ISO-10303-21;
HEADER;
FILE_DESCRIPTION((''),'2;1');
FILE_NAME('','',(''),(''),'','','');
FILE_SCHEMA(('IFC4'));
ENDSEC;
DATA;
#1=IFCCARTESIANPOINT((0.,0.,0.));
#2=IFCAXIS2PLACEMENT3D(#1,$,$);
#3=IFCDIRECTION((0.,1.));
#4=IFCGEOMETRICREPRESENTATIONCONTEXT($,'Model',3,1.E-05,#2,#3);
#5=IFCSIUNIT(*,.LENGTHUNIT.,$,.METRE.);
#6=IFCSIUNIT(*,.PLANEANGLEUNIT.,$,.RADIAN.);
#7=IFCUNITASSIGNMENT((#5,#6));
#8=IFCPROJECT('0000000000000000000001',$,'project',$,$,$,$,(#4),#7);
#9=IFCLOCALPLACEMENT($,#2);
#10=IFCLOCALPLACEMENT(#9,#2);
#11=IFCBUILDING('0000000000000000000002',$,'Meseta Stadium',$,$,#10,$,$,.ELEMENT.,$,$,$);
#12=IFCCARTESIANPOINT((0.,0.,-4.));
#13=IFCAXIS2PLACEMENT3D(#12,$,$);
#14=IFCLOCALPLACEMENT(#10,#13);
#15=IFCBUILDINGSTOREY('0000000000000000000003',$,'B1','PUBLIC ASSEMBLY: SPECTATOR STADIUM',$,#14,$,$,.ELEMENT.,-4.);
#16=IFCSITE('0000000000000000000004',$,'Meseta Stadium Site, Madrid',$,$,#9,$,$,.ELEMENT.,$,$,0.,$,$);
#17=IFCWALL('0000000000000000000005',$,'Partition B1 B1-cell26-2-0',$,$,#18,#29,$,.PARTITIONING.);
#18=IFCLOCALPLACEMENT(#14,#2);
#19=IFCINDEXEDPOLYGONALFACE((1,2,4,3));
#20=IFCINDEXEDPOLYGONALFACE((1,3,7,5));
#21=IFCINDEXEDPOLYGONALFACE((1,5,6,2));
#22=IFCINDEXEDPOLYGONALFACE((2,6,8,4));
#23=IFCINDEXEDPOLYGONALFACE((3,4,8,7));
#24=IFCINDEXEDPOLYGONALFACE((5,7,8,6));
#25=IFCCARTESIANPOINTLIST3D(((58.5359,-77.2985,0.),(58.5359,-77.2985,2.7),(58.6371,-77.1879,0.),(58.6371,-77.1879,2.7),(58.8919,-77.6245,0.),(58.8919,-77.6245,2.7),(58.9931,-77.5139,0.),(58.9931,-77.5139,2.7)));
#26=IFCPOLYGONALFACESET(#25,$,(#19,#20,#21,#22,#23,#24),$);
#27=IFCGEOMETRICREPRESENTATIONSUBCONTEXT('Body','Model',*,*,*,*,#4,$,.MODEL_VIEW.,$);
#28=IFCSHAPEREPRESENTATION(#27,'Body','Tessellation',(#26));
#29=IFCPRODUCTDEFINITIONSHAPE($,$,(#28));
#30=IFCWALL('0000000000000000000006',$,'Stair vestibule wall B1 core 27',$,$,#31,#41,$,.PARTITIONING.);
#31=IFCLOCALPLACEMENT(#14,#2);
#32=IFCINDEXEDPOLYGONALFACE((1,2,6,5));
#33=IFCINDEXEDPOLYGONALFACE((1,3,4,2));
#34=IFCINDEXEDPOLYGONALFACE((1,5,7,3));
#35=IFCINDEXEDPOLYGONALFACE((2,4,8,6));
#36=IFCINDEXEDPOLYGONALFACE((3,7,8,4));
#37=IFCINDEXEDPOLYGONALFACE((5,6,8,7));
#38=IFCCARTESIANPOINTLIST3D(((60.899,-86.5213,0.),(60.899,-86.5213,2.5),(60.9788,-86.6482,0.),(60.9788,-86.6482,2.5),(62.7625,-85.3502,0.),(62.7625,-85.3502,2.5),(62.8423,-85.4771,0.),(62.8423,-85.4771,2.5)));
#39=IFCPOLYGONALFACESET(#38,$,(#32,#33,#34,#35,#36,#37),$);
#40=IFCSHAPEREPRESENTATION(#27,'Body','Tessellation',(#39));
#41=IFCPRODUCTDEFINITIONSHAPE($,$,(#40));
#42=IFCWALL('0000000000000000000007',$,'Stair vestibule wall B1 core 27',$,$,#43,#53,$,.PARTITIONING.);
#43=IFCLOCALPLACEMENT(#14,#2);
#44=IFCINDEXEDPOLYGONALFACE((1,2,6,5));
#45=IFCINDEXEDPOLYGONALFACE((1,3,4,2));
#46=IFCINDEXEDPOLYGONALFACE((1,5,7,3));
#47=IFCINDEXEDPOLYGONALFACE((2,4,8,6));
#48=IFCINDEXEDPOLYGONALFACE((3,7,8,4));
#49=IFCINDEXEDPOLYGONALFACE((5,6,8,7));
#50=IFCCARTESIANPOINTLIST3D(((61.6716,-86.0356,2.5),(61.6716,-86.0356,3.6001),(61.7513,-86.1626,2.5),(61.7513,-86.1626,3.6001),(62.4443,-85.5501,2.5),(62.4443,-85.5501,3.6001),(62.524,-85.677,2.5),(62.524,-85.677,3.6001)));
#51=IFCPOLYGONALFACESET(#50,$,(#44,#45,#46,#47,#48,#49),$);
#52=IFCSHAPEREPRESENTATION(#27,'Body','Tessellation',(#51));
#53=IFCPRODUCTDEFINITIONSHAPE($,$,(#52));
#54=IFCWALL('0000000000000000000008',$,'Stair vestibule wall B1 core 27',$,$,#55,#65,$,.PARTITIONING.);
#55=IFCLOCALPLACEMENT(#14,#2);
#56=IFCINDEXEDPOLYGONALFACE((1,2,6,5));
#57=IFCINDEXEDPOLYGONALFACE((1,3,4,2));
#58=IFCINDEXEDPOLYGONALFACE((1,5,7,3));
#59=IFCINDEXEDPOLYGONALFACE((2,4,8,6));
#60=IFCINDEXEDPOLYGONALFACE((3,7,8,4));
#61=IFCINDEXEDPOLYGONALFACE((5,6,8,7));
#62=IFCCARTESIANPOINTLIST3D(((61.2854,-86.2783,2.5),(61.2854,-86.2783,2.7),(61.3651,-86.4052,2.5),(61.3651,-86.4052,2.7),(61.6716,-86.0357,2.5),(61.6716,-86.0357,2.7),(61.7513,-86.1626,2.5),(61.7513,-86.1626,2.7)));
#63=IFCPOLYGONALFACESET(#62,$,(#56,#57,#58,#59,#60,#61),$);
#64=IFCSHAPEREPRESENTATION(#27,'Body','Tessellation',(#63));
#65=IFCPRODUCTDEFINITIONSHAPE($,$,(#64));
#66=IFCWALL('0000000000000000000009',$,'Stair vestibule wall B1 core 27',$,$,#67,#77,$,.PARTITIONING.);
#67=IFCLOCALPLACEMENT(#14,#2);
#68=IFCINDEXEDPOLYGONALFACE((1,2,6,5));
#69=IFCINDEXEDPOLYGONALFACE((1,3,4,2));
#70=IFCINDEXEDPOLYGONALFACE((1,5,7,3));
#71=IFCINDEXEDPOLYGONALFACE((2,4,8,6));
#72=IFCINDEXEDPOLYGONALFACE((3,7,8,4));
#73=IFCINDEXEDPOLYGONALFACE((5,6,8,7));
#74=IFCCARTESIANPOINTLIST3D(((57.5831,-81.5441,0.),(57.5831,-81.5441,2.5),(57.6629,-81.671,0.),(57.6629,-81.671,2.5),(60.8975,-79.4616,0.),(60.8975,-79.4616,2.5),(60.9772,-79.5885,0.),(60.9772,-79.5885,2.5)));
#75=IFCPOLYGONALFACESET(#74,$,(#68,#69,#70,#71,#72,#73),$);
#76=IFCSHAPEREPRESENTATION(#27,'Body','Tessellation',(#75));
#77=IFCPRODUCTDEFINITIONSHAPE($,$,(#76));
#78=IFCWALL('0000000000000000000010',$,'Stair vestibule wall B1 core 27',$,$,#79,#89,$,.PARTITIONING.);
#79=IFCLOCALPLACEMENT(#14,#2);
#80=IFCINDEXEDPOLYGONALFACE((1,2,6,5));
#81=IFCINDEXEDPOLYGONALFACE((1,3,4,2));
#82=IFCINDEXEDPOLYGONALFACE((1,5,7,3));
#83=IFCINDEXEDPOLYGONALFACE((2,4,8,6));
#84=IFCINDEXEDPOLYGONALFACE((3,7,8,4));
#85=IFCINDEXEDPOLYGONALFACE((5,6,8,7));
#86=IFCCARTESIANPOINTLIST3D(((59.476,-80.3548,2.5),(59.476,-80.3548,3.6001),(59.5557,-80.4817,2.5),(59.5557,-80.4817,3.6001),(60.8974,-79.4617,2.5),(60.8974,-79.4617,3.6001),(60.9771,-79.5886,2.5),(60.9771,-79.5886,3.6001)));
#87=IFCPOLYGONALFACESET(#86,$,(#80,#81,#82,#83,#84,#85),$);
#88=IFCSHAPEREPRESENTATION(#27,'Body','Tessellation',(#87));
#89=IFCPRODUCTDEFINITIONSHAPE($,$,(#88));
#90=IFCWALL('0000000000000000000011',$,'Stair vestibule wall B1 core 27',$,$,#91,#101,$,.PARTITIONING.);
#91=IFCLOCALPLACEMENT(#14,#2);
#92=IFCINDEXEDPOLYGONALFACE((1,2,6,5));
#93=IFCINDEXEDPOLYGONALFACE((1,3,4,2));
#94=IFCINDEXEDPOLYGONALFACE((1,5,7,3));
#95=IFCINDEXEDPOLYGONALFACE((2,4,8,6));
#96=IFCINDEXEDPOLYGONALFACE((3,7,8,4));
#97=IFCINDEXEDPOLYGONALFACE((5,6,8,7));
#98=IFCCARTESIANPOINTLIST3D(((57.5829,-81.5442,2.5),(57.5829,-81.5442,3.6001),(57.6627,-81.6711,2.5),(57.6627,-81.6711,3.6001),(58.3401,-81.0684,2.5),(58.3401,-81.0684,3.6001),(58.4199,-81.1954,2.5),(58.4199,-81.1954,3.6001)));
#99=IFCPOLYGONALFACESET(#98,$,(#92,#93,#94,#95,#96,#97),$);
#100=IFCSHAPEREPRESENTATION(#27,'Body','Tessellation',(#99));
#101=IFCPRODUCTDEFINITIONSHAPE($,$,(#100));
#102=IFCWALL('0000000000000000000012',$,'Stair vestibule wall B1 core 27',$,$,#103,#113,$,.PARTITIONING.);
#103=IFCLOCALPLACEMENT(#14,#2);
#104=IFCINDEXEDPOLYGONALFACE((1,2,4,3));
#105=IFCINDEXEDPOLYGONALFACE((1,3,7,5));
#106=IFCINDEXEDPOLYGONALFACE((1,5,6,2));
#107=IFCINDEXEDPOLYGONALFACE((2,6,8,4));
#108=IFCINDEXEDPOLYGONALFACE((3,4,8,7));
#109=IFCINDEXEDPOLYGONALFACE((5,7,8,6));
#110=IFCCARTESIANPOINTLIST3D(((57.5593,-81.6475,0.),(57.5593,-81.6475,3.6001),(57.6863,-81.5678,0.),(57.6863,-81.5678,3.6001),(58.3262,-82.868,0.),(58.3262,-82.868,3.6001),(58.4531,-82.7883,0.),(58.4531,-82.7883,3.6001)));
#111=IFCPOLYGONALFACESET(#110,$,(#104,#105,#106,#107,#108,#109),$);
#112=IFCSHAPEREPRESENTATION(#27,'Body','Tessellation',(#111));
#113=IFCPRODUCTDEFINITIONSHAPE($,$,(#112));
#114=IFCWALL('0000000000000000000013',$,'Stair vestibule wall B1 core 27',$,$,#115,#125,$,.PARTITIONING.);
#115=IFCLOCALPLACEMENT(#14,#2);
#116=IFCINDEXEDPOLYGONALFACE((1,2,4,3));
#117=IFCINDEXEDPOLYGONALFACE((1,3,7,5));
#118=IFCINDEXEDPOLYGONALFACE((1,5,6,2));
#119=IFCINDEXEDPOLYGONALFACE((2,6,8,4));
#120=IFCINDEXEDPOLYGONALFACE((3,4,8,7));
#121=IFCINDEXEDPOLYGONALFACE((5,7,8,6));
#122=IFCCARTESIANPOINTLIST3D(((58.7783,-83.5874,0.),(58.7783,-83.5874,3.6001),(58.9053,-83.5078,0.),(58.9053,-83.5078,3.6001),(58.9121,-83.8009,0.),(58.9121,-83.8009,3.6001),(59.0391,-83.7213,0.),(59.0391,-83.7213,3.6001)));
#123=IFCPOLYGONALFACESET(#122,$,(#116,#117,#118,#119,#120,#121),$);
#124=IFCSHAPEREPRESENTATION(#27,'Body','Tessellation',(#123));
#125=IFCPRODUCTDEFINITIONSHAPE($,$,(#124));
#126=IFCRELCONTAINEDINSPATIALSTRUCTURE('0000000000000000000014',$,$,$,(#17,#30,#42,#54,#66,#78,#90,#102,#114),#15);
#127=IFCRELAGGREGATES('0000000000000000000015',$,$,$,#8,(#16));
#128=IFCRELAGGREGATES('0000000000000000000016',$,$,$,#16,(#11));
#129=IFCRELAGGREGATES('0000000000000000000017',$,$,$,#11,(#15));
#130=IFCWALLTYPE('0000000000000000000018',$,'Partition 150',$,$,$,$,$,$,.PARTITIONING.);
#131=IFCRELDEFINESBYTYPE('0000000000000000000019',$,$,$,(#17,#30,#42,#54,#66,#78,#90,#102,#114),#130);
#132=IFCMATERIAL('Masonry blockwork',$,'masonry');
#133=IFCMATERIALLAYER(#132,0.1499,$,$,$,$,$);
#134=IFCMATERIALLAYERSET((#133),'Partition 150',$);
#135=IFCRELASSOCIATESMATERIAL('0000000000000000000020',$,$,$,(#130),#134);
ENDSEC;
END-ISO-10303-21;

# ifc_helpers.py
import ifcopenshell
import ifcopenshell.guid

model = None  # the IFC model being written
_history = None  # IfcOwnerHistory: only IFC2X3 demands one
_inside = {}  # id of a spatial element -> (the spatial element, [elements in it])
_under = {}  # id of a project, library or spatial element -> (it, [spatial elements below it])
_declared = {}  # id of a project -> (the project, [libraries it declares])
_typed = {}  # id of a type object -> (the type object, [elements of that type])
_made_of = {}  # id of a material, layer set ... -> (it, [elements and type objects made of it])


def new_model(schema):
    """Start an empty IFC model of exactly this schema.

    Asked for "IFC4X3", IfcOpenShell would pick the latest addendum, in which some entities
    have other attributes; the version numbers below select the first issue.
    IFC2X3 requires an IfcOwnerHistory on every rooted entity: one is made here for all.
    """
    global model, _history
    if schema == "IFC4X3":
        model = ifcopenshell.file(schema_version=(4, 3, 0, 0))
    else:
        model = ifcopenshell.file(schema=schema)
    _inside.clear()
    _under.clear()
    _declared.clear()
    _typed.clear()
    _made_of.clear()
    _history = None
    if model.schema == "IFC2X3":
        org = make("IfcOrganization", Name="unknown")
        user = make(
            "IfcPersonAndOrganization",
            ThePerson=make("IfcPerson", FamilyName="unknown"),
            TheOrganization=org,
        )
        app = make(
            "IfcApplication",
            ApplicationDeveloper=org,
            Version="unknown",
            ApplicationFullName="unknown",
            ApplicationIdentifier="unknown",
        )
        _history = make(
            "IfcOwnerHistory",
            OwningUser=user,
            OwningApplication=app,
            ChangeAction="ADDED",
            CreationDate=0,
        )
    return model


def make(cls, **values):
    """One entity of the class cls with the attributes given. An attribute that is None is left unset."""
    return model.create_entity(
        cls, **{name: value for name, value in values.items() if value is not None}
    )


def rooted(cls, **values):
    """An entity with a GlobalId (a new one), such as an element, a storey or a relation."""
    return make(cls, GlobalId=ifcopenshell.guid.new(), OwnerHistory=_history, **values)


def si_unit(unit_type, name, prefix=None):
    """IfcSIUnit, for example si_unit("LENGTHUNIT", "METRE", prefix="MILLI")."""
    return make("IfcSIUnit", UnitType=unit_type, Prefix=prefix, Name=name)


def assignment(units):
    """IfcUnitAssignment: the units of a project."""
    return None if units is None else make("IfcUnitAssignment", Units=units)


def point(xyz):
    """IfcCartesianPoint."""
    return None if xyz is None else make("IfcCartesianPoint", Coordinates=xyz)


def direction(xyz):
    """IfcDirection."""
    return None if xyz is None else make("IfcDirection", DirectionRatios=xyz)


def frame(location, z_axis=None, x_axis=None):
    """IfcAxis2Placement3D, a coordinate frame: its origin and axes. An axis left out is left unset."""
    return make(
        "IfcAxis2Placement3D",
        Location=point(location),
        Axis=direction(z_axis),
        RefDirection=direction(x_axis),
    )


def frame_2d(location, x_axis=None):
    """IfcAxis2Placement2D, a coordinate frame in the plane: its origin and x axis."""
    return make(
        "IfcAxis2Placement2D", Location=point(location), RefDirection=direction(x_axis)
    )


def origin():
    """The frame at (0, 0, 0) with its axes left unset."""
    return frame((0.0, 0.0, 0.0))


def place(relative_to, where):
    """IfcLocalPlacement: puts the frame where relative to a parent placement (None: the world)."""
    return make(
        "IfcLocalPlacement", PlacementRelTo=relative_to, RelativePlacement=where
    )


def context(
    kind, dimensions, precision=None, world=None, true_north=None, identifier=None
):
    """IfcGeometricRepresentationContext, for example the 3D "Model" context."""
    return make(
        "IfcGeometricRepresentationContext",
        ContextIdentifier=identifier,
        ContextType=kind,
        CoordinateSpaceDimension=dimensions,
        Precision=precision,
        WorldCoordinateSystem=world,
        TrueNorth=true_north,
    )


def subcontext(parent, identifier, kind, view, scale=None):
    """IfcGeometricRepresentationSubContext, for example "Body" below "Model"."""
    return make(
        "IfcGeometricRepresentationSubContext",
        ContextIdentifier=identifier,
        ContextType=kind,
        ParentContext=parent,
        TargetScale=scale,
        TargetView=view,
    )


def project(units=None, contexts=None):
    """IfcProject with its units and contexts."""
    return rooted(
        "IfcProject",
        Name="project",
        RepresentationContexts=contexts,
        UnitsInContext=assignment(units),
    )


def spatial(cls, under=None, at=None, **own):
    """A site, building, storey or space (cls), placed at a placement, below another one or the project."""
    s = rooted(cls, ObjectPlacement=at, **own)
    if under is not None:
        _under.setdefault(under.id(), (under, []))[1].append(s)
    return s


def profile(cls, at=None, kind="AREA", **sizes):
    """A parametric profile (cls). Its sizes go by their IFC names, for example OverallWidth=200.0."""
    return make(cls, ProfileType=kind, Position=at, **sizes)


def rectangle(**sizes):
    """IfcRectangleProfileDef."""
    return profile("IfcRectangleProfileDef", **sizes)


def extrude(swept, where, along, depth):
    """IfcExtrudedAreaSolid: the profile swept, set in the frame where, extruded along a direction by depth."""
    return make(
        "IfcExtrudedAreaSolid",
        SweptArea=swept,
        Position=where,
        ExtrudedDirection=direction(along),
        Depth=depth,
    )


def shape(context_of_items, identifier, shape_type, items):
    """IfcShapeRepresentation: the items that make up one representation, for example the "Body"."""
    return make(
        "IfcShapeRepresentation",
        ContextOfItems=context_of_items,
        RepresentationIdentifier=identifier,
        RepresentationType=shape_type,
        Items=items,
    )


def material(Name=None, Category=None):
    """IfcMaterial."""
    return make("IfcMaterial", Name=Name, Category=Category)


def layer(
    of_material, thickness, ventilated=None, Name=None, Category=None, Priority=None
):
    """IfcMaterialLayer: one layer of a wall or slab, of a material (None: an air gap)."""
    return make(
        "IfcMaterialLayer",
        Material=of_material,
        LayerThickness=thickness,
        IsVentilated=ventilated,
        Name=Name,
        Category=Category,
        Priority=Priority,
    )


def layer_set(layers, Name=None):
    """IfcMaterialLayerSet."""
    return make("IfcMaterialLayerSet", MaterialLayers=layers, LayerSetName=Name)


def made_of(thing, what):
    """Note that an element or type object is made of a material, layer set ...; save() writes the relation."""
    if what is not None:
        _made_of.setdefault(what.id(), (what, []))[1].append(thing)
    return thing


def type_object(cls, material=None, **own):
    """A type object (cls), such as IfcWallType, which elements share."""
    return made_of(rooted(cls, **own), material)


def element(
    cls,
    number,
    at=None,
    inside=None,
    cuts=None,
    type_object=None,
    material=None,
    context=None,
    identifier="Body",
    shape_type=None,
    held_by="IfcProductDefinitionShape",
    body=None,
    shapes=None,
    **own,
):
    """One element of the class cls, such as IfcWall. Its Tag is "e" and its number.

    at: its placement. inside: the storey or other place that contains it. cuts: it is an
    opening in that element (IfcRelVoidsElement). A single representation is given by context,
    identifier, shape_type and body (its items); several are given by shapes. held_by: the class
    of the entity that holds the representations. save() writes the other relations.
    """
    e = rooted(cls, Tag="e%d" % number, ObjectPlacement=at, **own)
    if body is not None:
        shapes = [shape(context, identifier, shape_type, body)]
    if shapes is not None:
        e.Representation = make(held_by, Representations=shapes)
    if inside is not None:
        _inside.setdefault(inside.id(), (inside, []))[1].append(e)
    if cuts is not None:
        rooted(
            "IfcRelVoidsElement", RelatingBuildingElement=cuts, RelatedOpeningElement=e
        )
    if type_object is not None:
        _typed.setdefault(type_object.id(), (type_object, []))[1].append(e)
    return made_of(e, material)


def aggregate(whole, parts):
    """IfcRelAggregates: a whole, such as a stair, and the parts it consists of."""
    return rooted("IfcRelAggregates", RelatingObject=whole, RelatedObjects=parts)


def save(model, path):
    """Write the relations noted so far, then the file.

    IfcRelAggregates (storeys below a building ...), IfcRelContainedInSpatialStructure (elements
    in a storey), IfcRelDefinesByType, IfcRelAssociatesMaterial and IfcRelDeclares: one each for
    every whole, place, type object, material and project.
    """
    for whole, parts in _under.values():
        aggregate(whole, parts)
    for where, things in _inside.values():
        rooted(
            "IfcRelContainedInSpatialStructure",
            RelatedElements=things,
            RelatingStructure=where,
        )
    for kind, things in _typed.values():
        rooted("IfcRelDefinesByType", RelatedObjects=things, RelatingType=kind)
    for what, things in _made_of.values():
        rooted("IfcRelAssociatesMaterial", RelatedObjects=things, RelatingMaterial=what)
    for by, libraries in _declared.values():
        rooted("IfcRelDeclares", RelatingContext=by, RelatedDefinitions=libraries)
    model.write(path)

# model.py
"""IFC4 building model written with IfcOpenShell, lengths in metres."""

from ifc_helpers import new_model, si_unit, direction, frame, frame_2d, origin, place, context, subcontext, project, spatial, rectangle, extrude, material, layer, layer_set, type_object, element, save


model = new_model("IFC4")

# Units and contexts
model_context = context("Model", 3, precision=1e-05, world=origin(), true_north=direction((0.0, 1.0)))
body_context = subcontext(model_context, "Body", "Model", "MODEL_VIEW")
ifc_project = project(units=[si_unit("LENGTHUNIT", "METRE"), si_unit("PLANEANGLEUNIT", "RADIAN")], contexts=[model_context])

# Site, building, storey
site_placement = place(None, origin())
site = spatial("IfcSite", under=ifc_project, at=site_placement, Name="Meseta Stadium Site, Madrid", CompositionType="ELEMENT", RefElevation=0.0)
building_placement = place(site_placement, origin())
building = spatial("IfcBuilding", under=site, at=building_placement, Name="Meseta Stadium", CompositionType="ELEMENT")
storey_placement = place(building_placement, frame((0.0, 0.0, -4.0)))
storey = spatial("IfcBuildingStorey", under=building, at=storey_placement, Name="B1", Description="PUBLIC ASSEMBLY: SPECTATOR STADIUM", CompositionType="ELEMENT", Elevation=-4.0)

# Shared definitions
ifc_material_1 = material(Name="Masonry blockwork", Category="masonry")
ifc_layer = layer(ifc_material_1, 0.1499)
ifc_layer_set = layer_set([ifc_layer], Name="Partition 150")
wall_type = type_object("IfcWallType", Name="Partition 150", PredefinedType="PARTITIONING", material=ifc_layer_set)

# Walls
wall_1_placement = place(storey_placement, frame((58.9424, -77.5691, 0.0), z_axis=(0.0, 0.0, 1.0), x_axis=(-0.737532, 0.675312, 0.0)))
element("IfcWall", 1, at=wall_1_placement, inside=storey, type_object=wall_type, Name="Partition B1 B1-cell26-2-0", PredefinedType="PARTITIONING", context=body_context, shape_type="SweptSolid", body=[
    extrude(rectangle(XDim=0.4827, YDim=0.1499, at=frame_2d((0.2412, 0.0))), origin(), (0.0, 0.0, 1.0), 2.7),
])
wall_2_placement = place(storey_placement, frame((62.8025, -85.4136, 0.0), z_axis=(0.0, 0.0, 1.0), x_axis=(-0.846681, -0.532101, 0.0)))
element("IfcWall", 2, at=wall_2_placement, inside=storey, type_object=wall_type, Name="Stair vestibule wall B1 core 27", PredefinedType="PARTITIONING", context=body_context, shape_type="SweptSolid", body=[
    extrude(rectangle(XDim=2.2009, YDim=0.1499, at=frame_2d((1.1006, 0.0))), origin(), (0.0, 0.0, 1.0), 2.5),
])
wall_3_placement = place(storey_placement, frame((62.4841, -85.6135, 2.5), z_axis=(0.0, 0.0, 1.0), x_axis=(-0.846688, -0.532089, 0.0)))
element("IfcWall", 3, at=wall_3_placement, inside=storey, type_object=wall_type, Name="Stair vestibule wall B1 core 27", PredefinedType="PARTITIONING", context=body_context, shape_type="SweptSolid", body=[
    extrude(rectangle(XDim=0.9126, YDim=0.1499, at=frame_2d((0.4563, 0.0))), origin(), (0.0, 0.0, 1.0), 1.1001),
])
wall_4_placement = place(storey_placement, frame((61.7114, -86.0991, 2.5), z_axis=(0.0, 0.0, 1.0), x_axis=(-0.846733, -0.532018, 0.0)))
element("IfcWall", 4, at=wall_4_placement, inside=storey, type_object=wall_type, Name="Stair vestibule wall B1 core 27", PredefinedType="PARTITIONING", context=body_context, shape_type="SweptSolid", body=[
    extrude(rectangle(XDim=0.4561, YDim=0.1499, at=frame_2d((0.228, 0.0))), origin(), (0.0, 0.0, 1.0), 0.2),
])
wall_5_placement = place(storey_placement, frame((60.9373, -79.5251, 0.0), z_axis=(0.0, 0.0, 1.0), x_axis=(-0.846734, -0.532016, 0.0)))
element("IfcWall", 5, at=wall_5_placement, inside=storey, type_object=wall_type, Name="Stair vestibule wall B1 core 27", PredefinedType="PARTITIONING", context=body_context, shape_type="SweptSolid", body=[
    extrude(rectangle(XDim=3.9143, YDim=0.1499, at=frame_2d((1.957, 0.0))), origin(), (0.0, 0.0, 1.0), 2.5),
])
wall_6_placement = place(storey_placement, frame((60.9373, -79.5251, 2.5), z_axis=(0.0, 0.0, 1.0), x_axis=(-0.846738, -0.532011, 0.0)))
element("IfcWall", 6, at=wall_6_placement, inside=storey, type_object=wall_type, Name="Stair vestibule wall B1 core 27", PredefinedType="PARTITIONING", context=body_context, shape_type="SweptSolid", body=[
    extrude(rectangle(XDim=1.6787, YDim=0.1499, at=frame_2d((0.8394, 0.0))), origin(), (0.0, 0.0, 1.0), 1.1001),
])
wall_7_placement = place(storey_placement, frame((58.3801, -81.1318, 2.5), z_axis=(0.0, 0.0, 1.0), x_axis=(-0.846738, -0.532009, 0.0)))
element("IfcWall", 7, at=wall_7_placement, inside=storey, type_object=wall_type, Name="Stair vestibule wall B1 core 27", PredefinedType="PARTITIONING", context=body_context, shape_type="SweptSolid", body=[
    extrude(rectangle(XDim=0.8943, YDim=0.1499, at=frame_2d((0.4473, 0.0))), origin(), (0.0, 0.0, 1.0), 1.1001),
])
wall_8_placement = place(storey_placement, frame((57.6228, -81.6077, 0.0), z_axis=(0.0, 0.0, 1.0), x_axis=(0.532022, -0.84673, 0.0)))
element("IfcWall", 8, at=wall_8_placement, inside=storey, type_object=wall_type, Name="Stair vestibule wall B1 core 27", PredefinedType="PARTITIONING", context=body_context, shape_type="SweptSolid", body=[
    extrude(rectangle(XDim=1.4414, YDim=0.1499, at=frame_2d((0.7207, 0.0))), origin(), (0.0, 0.0, 1.0), 3.6001),
])
wall_9_placement = place(storey_placement, frame((58.8418, -83.5476, 0.0), z_axis=(0.0, 0.0, 1.0), x_axis=(0.531218, -0.847235, 0.0)))
element("IfcWall", 9, at=wall_9_placement, inside=storey, type_object=wall_type, Name="Stair vestibule wall B1 core 27", PredefinedType="PARTITIONING", context=body_context, shape_type="SweptSolid", body=[
    extrude(rectangle(XDim=0.252, YDim=0.1499, at=frame_2d((0.126, 0.0))), origin(), (0.0, 0.0, 1.0), 3.6001),
])

save(model, "model.ifc")
